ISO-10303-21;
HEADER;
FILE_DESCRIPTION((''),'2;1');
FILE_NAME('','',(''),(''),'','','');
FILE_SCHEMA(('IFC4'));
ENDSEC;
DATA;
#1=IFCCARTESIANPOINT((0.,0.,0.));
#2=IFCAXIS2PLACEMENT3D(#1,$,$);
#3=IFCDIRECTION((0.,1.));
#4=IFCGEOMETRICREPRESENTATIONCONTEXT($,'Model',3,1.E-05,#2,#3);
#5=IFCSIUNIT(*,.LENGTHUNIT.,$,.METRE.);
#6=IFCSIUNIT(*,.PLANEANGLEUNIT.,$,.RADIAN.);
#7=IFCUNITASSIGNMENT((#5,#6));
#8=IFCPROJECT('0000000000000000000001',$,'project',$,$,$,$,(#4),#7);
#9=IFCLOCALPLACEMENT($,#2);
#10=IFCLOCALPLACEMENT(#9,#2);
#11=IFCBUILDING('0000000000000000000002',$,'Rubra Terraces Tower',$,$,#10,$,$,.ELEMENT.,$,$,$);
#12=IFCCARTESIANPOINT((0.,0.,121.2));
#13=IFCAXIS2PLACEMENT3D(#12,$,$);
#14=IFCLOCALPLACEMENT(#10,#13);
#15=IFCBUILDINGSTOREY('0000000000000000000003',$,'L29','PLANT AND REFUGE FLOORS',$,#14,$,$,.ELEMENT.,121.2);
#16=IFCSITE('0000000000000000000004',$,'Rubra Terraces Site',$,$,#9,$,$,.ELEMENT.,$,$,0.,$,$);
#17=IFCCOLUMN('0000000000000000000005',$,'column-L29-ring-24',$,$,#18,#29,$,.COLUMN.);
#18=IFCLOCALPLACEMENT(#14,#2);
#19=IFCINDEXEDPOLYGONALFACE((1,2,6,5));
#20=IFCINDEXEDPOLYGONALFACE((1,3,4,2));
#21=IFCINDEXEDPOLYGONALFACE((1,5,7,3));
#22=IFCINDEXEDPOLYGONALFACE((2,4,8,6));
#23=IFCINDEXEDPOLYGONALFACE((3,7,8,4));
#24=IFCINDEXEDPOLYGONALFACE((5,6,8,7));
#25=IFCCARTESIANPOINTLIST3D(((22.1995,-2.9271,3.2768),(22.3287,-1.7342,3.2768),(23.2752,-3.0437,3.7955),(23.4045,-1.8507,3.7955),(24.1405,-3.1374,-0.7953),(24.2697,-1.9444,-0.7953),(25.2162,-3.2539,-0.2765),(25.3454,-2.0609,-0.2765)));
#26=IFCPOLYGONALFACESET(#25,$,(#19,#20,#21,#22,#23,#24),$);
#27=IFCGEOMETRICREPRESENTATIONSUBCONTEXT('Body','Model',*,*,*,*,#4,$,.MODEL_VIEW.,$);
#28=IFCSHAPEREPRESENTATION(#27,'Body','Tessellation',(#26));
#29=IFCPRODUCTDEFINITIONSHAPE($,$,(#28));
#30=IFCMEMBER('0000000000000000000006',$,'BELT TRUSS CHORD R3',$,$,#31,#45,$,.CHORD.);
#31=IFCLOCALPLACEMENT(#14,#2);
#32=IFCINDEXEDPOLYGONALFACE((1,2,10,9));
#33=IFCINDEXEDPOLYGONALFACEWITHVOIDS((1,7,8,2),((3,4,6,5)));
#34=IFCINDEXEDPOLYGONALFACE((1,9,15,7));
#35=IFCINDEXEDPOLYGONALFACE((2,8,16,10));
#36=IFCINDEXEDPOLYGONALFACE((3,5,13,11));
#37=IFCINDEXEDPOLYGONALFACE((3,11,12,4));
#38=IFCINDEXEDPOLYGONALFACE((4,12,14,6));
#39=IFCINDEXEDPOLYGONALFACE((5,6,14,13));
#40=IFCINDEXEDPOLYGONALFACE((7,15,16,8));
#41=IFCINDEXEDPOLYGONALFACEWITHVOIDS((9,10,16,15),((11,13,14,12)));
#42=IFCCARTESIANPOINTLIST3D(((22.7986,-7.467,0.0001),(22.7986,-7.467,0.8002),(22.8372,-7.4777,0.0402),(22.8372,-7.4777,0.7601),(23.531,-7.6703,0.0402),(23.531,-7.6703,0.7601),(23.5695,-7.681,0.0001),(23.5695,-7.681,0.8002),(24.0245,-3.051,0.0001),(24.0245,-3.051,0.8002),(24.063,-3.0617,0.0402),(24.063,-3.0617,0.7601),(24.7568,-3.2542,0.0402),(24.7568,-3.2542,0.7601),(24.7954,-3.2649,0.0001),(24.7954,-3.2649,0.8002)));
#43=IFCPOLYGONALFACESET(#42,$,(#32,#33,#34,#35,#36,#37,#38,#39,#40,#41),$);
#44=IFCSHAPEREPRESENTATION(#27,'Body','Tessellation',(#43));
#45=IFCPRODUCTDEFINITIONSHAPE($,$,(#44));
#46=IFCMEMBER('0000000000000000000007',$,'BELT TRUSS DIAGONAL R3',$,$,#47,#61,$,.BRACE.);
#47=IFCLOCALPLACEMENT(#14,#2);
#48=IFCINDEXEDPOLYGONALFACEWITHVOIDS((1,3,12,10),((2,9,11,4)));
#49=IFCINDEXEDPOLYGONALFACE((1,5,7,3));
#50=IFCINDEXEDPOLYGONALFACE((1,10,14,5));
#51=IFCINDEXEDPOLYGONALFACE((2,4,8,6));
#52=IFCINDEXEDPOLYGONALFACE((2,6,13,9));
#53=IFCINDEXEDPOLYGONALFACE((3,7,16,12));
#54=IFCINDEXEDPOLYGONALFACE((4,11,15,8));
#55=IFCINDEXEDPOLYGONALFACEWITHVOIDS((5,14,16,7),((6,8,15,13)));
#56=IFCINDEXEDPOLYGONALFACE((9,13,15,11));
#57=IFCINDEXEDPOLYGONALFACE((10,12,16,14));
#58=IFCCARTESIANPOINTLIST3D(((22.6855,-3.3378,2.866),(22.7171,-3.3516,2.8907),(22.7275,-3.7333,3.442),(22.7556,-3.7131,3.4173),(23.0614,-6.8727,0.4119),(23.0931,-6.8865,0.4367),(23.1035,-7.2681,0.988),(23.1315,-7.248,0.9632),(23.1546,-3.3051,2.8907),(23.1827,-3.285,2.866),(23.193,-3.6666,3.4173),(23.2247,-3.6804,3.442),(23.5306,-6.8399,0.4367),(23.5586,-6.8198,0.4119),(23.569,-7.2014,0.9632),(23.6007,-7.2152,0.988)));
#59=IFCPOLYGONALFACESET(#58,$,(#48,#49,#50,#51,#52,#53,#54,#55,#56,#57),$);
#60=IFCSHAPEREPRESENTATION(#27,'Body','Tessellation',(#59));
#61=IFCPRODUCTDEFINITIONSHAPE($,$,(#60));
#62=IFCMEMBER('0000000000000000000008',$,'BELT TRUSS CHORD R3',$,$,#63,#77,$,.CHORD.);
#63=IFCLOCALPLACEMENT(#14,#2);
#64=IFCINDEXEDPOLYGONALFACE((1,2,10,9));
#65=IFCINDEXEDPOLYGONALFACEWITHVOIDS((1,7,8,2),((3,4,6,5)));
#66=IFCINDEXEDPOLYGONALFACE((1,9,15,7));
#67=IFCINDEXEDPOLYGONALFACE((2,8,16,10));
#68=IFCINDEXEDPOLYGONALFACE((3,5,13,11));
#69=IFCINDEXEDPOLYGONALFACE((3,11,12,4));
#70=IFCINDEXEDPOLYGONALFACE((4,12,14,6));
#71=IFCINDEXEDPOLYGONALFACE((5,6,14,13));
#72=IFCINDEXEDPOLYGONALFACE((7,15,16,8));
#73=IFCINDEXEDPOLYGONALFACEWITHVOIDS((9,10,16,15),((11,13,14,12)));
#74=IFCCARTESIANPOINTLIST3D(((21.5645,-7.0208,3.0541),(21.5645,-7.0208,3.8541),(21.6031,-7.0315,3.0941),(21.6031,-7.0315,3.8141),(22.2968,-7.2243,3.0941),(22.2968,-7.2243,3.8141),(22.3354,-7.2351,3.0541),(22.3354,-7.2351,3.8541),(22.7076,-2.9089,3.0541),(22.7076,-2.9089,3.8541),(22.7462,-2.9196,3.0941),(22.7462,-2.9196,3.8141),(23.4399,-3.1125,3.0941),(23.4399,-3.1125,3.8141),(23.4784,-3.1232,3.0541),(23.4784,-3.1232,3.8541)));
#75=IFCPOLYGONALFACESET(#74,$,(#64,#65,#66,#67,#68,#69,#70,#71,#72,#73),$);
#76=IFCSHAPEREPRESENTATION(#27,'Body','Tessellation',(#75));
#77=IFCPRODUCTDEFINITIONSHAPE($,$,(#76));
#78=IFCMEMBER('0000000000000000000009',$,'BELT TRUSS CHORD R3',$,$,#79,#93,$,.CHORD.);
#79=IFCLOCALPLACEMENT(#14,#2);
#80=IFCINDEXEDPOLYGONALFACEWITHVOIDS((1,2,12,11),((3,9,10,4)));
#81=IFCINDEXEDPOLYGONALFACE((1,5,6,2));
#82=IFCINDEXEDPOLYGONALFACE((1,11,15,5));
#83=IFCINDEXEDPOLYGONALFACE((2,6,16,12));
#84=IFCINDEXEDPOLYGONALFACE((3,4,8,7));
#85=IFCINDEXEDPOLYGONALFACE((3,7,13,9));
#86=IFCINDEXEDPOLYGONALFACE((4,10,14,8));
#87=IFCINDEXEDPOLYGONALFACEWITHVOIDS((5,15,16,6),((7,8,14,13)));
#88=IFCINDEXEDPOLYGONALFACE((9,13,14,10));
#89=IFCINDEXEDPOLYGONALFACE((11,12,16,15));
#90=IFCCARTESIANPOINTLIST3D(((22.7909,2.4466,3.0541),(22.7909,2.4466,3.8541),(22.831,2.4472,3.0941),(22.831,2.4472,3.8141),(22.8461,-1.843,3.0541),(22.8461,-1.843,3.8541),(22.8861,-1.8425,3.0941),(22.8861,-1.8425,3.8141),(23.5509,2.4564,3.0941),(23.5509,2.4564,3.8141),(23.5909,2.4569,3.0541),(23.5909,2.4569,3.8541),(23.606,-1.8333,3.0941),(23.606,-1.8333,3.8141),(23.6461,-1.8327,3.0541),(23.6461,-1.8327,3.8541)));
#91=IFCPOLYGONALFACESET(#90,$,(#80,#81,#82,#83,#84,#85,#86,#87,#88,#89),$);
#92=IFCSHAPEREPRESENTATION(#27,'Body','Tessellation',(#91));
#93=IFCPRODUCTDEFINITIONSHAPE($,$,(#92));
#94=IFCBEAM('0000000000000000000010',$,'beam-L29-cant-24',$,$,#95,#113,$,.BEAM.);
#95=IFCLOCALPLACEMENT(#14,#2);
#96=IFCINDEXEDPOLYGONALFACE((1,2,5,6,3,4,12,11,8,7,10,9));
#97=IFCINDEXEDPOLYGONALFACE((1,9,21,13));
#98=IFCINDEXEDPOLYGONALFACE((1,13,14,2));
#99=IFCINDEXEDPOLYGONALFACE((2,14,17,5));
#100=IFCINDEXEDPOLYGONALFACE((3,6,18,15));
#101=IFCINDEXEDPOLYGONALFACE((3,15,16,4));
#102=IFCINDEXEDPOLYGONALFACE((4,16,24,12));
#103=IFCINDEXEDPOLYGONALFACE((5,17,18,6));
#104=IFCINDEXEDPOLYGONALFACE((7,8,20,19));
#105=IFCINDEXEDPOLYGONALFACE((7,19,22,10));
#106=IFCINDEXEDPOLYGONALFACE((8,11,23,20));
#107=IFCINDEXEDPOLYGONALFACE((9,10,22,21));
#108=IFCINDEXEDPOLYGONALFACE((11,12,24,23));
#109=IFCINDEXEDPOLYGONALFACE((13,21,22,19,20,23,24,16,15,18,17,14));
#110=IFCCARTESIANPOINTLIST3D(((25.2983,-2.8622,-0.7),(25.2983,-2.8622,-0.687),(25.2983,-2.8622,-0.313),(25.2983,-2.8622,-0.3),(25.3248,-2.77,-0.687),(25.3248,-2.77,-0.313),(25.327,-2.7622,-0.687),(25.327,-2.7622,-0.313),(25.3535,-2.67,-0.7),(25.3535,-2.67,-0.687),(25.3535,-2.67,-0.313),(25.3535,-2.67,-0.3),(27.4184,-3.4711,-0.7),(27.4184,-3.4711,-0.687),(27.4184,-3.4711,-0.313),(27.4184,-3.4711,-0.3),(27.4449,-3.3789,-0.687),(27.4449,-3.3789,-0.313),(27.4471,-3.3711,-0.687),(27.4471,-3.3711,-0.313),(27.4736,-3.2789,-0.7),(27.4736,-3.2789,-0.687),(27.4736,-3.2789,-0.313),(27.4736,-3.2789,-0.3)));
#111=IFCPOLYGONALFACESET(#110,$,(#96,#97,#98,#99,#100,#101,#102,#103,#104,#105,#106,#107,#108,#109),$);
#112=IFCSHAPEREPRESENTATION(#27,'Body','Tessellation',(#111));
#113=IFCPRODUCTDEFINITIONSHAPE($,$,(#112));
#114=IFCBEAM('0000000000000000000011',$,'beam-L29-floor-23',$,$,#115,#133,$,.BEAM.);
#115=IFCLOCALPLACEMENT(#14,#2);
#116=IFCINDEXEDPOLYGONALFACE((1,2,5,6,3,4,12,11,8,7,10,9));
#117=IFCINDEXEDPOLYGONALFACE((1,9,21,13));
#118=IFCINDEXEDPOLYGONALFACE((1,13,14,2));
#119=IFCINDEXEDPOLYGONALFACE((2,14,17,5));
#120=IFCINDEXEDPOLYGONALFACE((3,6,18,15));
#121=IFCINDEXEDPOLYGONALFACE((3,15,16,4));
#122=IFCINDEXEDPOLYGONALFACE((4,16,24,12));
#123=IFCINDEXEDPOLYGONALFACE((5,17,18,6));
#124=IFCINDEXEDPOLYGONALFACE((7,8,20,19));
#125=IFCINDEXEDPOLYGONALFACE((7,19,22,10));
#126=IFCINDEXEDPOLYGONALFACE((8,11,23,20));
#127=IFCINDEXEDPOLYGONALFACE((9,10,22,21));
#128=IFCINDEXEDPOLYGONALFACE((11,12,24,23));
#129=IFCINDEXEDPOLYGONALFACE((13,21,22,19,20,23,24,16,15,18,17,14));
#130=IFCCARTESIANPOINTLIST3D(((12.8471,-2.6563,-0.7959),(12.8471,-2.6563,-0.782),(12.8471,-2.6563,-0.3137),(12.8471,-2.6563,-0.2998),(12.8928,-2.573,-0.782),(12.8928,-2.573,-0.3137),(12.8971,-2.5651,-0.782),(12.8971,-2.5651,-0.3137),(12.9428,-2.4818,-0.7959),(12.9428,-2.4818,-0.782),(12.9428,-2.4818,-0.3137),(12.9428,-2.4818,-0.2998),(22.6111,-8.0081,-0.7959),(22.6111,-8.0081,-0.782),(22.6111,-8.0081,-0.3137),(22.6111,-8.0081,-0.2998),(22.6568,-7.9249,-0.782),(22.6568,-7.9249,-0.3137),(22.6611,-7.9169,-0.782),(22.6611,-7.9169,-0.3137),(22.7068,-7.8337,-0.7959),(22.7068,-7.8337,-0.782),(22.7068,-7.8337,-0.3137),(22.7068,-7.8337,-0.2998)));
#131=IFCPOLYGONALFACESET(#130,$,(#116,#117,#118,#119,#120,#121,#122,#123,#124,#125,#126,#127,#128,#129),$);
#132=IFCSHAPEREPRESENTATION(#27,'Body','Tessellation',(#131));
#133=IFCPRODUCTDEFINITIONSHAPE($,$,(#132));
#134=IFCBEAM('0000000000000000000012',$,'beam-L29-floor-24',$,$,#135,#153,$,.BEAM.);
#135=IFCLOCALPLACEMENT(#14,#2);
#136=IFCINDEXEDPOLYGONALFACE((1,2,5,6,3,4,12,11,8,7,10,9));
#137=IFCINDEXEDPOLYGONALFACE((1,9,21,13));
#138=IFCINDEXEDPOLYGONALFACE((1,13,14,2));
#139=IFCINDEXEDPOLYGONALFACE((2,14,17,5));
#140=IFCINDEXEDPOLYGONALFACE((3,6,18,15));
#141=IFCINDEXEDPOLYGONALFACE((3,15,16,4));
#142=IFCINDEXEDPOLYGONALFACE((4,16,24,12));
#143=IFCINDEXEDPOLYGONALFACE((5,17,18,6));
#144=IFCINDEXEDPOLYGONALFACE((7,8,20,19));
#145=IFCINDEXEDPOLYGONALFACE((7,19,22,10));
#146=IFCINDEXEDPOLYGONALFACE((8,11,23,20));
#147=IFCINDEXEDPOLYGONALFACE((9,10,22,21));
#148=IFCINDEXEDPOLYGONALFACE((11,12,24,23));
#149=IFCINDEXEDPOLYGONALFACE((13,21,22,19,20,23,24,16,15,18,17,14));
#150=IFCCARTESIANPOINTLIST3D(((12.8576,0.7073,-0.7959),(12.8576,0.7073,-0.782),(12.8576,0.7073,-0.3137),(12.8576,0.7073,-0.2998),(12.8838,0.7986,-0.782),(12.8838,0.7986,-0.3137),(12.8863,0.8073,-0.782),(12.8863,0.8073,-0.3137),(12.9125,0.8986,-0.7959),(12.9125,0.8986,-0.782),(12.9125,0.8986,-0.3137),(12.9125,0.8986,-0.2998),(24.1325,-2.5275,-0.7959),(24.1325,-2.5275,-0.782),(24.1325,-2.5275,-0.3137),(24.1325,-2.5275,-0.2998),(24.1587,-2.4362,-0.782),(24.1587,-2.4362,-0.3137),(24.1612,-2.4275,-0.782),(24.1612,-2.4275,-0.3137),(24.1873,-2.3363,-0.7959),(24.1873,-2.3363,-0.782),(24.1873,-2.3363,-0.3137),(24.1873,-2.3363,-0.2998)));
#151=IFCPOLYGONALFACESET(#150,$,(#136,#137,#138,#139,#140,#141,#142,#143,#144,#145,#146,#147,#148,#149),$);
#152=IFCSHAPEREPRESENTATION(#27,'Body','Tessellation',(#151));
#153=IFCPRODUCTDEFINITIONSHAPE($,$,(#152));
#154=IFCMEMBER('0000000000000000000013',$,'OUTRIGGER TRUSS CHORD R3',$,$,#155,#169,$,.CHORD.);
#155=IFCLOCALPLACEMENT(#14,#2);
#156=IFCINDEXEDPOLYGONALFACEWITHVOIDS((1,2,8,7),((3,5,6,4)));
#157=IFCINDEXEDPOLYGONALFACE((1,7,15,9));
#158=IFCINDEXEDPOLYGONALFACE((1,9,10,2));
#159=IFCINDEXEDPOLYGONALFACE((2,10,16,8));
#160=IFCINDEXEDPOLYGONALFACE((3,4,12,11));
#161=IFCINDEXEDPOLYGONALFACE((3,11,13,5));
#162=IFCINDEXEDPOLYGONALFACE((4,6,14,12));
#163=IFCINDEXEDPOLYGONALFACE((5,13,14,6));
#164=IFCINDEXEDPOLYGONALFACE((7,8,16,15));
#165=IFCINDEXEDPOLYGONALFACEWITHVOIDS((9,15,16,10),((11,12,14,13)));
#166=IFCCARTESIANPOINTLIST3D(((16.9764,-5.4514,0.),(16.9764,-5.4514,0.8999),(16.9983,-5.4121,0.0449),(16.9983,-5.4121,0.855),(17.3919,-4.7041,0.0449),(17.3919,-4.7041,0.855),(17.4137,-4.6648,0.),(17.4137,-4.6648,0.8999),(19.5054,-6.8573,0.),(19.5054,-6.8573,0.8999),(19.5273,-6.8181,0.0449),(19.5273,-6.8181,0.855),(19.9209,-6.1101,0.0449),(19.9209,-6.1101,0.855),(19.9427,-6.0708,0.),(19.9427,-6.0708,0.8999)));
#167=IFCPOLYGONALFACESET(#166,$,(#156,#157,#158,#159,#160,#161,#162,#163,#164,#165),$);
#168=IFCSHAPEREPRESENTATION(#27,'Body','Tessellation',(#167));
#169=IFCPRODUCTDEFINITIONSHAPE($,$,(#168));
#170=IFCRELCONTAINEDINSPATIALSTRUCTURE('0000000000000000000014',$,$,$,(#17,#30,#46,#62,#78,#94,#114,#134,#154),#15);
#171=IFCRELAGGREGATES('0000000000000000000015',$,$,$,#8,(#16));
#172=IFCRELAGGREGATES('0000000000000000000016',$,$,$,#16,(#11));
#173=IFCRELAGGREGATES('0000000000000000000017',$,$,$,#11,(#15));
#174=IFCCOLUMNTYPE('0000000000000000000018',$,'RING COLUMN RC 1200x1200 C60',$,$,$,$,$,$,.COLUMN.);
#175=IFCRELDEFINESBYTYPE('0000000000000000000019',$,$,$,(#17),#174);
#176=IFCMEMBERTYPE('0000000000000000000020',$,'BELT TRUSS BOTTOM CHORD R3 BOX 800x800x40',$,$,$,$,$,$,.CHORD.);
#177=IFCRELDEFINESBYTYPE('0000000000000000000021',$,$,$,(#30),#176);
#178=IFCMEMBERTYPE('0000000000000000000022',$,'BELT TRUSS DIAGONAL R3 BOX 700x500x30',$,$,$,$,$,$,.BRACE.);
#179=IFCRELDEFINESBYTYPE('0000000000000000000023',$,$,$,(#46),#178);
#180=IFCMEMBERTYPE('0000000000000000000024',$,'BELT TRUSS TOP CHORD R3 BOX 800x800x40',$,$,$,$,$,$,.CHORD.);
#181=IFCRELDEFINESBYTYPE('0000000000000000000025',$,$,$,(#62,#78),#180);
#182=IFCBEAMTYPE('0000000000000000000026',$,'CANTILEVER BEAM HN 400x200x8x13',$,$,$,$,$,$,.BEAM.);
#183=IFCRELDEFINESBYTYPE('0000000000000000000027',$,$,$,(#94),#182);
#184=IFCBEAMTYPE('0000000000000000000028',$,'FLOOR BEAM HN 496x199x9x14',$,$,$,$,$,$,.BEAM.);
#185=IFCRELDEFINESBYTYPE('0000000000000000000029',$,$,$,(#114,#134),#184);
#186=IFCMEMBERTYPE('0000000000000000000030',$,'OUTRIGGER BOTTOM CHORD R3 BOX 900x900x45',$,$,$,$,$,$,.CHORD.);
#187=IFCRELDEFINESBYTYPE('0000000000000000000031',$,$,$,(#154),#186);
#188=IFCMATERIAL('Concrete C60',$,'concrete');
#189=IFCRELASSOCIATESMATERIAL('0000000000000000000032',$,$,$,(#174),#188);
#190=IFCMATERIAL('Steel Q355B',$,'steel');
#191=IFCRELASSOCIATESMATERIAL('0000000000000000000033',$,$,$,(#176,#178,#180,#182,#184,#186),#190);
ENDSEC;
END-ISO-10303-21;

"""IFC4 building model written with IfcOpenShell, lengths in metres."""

from ifc_helpers import new_model, si_unit, direction, frame, origin, origin_2d, place, context, subcontext, project, spatial, rectangle, hollow_rectangle, i_section, extrude, material, material_profile, profile_set, type_object, element, save


model = new_model("IFC4")

# Units and contexts
model_context = context("Model", 3, precision=1e-05, world=origin(), true_north=direction((0.0, 1.0)))
body_context = subcontext(model_context, "Body", "Model", "MODEL_VIEW")
ifc_project = project(units=[si_unit("LENGTHUNIT", "METRE"), si_unit("PLANEANGLEUNIT", "RADIAN")], contexts=[model_context])

# Site, building, storey
site_placement = place(None, origin())
site = spatial("IfcSite", under=ifc_project, at=site_placement, Name="Rubra Terraces Site", CompositionType="ELEMENT", RefElevation=0.0)
building_placement = place(site_placement, origin())
building = spatial("IfcBuilding", under=site, at=building_placement, Name="Rubra Terraces Tower", CompositionType="ELEMENT")
storey_placement = place(building_placement, frame((0.0, 0.0, 121.2)))
storey = spatial("IfcBuildingStorey", under=building, at=storey_placement, Name="L29", Description="PLANT AND REFUGE FLOORS", CompositionType="ELEMENT", Elevation=121.2)

# Column
ifc_material_1 = material(Name="Concrete C60", Category="concrete")
ifc_material_profile_1 = material_profile(ifc_material_1, rectangle(XDim=1.2, YDim=1.2, at=origin_2d()), Name="RC 1200x1200")
ifc_profile_set_1 = profile_set([ifc_material_profile_1], Name="Concrete C60")
column_type = type_object("IfcColumnType", Name="RING COLUMN RC 1200x1200 C60", PredefinedType="COLUMN", material=ifc_profile_set_1)
column_placement = place(storey_placement, frame((24.7429, -2.5991, -0.5359), z_axis=(-0.429803, 0.046549, 0.901722), x_axis=(-0.107672, -0.994186, 0.0)))
element("IfcColumn", 1, at=column_placement, inside=storey, type_object=column_type, Name="column-L29-ring-24", PredefinedType="COLUMN", context=body_context, shape_type="SweptSolid", body=[
    extrude(rectangle(XDim=1.2, YDim=1.2, at=origin_2d()), origin(), (0.0, 0.0, 1.0), 4.5159),
])

# Members
ifc_material_2 = material(Name="Steel Q355B", Category="steel")
ifc_material_profile_2 = material_profile(ifc_material_2, hollow_rectangle(XDim=0.8, YDim=0.8, WallThickness=0.04, at=origin_2d()), Name="BOX 800x800x40")
ifc_profile_set_2 = profile_set([ifc_material_profile_2], Name="Steel Q355B")
member_type_1 = type_object("IfcMemberType", Name="BELT TRUSS BOTTOM CHORD R3 BOX 800x800x40", PredefinedType="CHORD", material=ifc_profile_set_2)
member_1_placement = place(storey_placement, frame((23.1841, -7.574, 0.4001), z_axis=(0.267474, 0.963565, 0.0), x_axis=(-0.963565, 0.267474, 0.0)))
element("IfcMember", 2, at=member_1_placement, inside=storey, type_object=member_type_1, Name="BELT TRUSS CHORD R3", PredefinedType="CHORD", context=body_context, shape_type="SweptSolid", body=[
    extrude(hollow_rectangle(XDim=0.8, YDim=0.8, WallThickness=0.04, at=origin_2d()), origin(), (0.0, 0.0, 1.0), 4.583),
])
ifc_material_profile_3 = material_profile(ifc_material_2, hollow_rectangle(XDim=0.5, YDim=0.7, WallThickness=0.03, at=origin_2d()), Name="BOX 700x500x30")
ifc_profile_set_3 = profile_set([ifc_material_profile_3], Name="Steel Q355B")
member_type_2 = type_object("IfcMemberType", Name="BELT TRUSS DIAGONAL R3 BOX 700x500x30", PredefinedType="BRACE", material=ifc_profile_set_3)
member_2_placement = place(storey_placement, frame((23.3311, -7.0439, 0.7), z_axis=(-0.087038, 0.818329, 0.568122), x_axis=(-0.994391, -0.105764, 0.0)))
element("IfcMember", 3, at=member_2_placement, inside=storey, type_object=member_type_2, Name="BELT TRUSS DIAGONAL R3", PredefinedType="BRACE", context=body_context, shape_type="SweptSolid", body=[
    extrude(hollow_rectangle(XDim=0.5, YDim=0.7, WallThickness=0.03, at=origin_2d()), origin(), (0.0, 0.0, 1.0), 4.3196),
])
ifc_material_profile_4 = material_profile(ifc_material_2, hollow_rectangle(XDim=0.8, YDim=0.8, WallThickness=0.04, at=origin_2d()), Name="BOX 800x800x40")
ifc_profile_set_4 = profile_set([ifc_material_profile_4], Name="Steel Q355B")
member_type_3 = type_object("IfcMemberType", Name="BELT TRUSS TOP CHORD R3 BOX 800x800x40", PredefinedType="CHORD", material=ifc_profile_set_4)
member_3_placement = place(storey_placement, frame((21.95, -7.1279, 3.4541), z_axis=(0.267839, 0.963464, 0.0), x_axis=(-0.963464, 0.267839, 0.0)))
element("IfcMember", 4, at=member_3_placement, inside=storey, type_object=member_type_3, Name="BELT TRUSS CHORD R3", PredefinedType="CHORD", context=body_context, shape_type="SweptSolid", body=[
    extrude(hollow_rectangle(XDim=0.8, YDim=0.8, WallThickness=0.04, at=origin_2d()), origin(), (0.0, 0.0, 1.0), 4.2678),
])
member_4_placement = place(storey_placement, frame((23.2461, -1.8379, 3.4541), z_axis=(-0.012861, 0.999917, 0.0), x_axis=(-0.999917, -0.012861, 0.0)))
element("IfcMember", 5, at=member_4_placement, inside=storey, type_object=member_type_3, Name="BELT TRUSS CHORD R3", PredefinedType="CHORD", context=body_context, shape_type="SweptSolid", body=[
    extrude(hollow_rectangle(XDim=0.8, YDim=0.8, WallThickness=0.04, at=origin_2d()), origin(), (0.0, 0.0, 1.0), 4.29),
])

# Beams
ifc_material_profile_5 = material_profile(ifc_material_2, i_section(OverallWidth=0.2, OverallDepth=0.3999, WebThickness=0.0081, FlangeThickness=0.0129, at=origin_2d()), Name="HN 400x200x8x13")
ifc_profile_set_5 = profile_set([ifc_material_profile_5], Name="Steel Q355B")
beam_type_1 = type_object("IfcBeamType", Name="CANTILEVER BEAM HN 400x200x8x13", PredefinedType="BEAM", material=ifc_profile_set_5)
beam_1_placement = place(storey_placement, frame((25.3259, -2.7661, -0.5), z_axis=(0.961147, -0.276037, 0.0), x_axis=(0.276037, 0.961147, 0.0)))
element("IfcBeam", 6, at=beam_1_placement, inside=storey, type_object=beam_type_1, Name="beam-L29-cant-24", PredefinedType="BEAM", context=body_context, shape_type="SweptSolid", body=[
    extrude(i_section(OverallWidth=0.2, OverallDepth=0.3999, WebThickness=0.0081, FlangeThickness=0.0129, at=origin_2d()), origin(), (0.0, 0.0, 1.0), 2.2058),
])
ifc_material_profile_6 = material_profile(ifc_material_2, i_section(OverallWidth=0.199, OverallDepth=0.4961, WebThickness=0.009, FlangeThickness=0.0139, at=origin_2d()), Name="HN 496x199x9x14")
ifc_profile_set_6 = profile_set([ifc_material_profile_6], Name="Steel Q355B")
beam_type_2 = type_object("IfcBeamType", Name="FLOOR BEAM HN 496x199x9x14", PredefinedType="BEAM", material=ifc_profile_set_6)
beam_2_placement = place(storey_placement, frame((22.6589, -7.9209, -0.5479), z_axis=(-0.876911, 0.480653, 0.0), x_axis=(-0.480653, -0.876911, 0.0)))
element("IfcBeam", 7, at=beam_2_placement, inside=storey, type_object=beam_type_2, Name="beam-L29-floor-23", PredefinedType="BEAM", context=body_context, shape_type="SweptSolid", body=[
    extrude(i_section(OverallWidth=0.199, OverallDepth=0.4961, WebThickness=0.009, FlangeThickness=0.0139, at=origin_2d()), origin(), (0.0, 0.0, 1.0), 11.1345),
])
beam_3_placement = place(storey_placement, frame((24.1599, -2.4319, -0.5479), z_axis=(-0.96122, 0.275782, 0.0), x_axis=(-0.275782, -0.96122, 0.0)))
element("IfcBeam", 8, at=beam_3_placement, inside=storey, type_object=beam_type_2, Name="beam-L29-floor-24", PredefinedType="BEAM", context=body_context, shape_type="SweptSolid", body=[
    extrude(i_section(OverallWidth=0.199, OverallDepth=0.4961, WebThickness=0.009, FlangeThickness=0.0139, at=origin_2d()), origin(), (0.0, 0.0, 1.0), 11.7297),
])

# Member
ifc_material_profile_7 = material_profile(ifc_material_2, hollow_rectangle(XDim=0.8999, YDim=0.8999, WallThickness=0.0449, at=origin_2d()), Name="BOX 900x900x45")
ifc_profile_set_7 = profile_set([ifc_material_profile_7], Name="Steel Q355B")
member_type_4 = type_object("IfcMemberType", Name="OUTRIGGER BOTTOM CHORD R3 BOX 900x900x45", PredefinedType="CHORD", material=ifc_profile_set_7)
member_5_placement = place(storey_placement, frame((17.1951, -5.0581, 0.45), z_axis=(0.874014, -0.485901, 0.0), x_axis=(0.485901, 0.874014, 0.0)))
element("IfcMember", 9, at=member_5_placement, inside=storey, type_object=member_type_4, Name="OUTRIGGER TRUSS CHORD R3", PredefinedType="CHORD", context=body_context, shape_type="SweptSolid", body=[
    extrude(hollow_rectangle(XDim=0.8999, YDim=0.8999, WallThickness=0.0449, at=origin_2d()), origin(), (0.0, 0.0, 1.0), 2.8936),
])

save(model, "model.ifc")
